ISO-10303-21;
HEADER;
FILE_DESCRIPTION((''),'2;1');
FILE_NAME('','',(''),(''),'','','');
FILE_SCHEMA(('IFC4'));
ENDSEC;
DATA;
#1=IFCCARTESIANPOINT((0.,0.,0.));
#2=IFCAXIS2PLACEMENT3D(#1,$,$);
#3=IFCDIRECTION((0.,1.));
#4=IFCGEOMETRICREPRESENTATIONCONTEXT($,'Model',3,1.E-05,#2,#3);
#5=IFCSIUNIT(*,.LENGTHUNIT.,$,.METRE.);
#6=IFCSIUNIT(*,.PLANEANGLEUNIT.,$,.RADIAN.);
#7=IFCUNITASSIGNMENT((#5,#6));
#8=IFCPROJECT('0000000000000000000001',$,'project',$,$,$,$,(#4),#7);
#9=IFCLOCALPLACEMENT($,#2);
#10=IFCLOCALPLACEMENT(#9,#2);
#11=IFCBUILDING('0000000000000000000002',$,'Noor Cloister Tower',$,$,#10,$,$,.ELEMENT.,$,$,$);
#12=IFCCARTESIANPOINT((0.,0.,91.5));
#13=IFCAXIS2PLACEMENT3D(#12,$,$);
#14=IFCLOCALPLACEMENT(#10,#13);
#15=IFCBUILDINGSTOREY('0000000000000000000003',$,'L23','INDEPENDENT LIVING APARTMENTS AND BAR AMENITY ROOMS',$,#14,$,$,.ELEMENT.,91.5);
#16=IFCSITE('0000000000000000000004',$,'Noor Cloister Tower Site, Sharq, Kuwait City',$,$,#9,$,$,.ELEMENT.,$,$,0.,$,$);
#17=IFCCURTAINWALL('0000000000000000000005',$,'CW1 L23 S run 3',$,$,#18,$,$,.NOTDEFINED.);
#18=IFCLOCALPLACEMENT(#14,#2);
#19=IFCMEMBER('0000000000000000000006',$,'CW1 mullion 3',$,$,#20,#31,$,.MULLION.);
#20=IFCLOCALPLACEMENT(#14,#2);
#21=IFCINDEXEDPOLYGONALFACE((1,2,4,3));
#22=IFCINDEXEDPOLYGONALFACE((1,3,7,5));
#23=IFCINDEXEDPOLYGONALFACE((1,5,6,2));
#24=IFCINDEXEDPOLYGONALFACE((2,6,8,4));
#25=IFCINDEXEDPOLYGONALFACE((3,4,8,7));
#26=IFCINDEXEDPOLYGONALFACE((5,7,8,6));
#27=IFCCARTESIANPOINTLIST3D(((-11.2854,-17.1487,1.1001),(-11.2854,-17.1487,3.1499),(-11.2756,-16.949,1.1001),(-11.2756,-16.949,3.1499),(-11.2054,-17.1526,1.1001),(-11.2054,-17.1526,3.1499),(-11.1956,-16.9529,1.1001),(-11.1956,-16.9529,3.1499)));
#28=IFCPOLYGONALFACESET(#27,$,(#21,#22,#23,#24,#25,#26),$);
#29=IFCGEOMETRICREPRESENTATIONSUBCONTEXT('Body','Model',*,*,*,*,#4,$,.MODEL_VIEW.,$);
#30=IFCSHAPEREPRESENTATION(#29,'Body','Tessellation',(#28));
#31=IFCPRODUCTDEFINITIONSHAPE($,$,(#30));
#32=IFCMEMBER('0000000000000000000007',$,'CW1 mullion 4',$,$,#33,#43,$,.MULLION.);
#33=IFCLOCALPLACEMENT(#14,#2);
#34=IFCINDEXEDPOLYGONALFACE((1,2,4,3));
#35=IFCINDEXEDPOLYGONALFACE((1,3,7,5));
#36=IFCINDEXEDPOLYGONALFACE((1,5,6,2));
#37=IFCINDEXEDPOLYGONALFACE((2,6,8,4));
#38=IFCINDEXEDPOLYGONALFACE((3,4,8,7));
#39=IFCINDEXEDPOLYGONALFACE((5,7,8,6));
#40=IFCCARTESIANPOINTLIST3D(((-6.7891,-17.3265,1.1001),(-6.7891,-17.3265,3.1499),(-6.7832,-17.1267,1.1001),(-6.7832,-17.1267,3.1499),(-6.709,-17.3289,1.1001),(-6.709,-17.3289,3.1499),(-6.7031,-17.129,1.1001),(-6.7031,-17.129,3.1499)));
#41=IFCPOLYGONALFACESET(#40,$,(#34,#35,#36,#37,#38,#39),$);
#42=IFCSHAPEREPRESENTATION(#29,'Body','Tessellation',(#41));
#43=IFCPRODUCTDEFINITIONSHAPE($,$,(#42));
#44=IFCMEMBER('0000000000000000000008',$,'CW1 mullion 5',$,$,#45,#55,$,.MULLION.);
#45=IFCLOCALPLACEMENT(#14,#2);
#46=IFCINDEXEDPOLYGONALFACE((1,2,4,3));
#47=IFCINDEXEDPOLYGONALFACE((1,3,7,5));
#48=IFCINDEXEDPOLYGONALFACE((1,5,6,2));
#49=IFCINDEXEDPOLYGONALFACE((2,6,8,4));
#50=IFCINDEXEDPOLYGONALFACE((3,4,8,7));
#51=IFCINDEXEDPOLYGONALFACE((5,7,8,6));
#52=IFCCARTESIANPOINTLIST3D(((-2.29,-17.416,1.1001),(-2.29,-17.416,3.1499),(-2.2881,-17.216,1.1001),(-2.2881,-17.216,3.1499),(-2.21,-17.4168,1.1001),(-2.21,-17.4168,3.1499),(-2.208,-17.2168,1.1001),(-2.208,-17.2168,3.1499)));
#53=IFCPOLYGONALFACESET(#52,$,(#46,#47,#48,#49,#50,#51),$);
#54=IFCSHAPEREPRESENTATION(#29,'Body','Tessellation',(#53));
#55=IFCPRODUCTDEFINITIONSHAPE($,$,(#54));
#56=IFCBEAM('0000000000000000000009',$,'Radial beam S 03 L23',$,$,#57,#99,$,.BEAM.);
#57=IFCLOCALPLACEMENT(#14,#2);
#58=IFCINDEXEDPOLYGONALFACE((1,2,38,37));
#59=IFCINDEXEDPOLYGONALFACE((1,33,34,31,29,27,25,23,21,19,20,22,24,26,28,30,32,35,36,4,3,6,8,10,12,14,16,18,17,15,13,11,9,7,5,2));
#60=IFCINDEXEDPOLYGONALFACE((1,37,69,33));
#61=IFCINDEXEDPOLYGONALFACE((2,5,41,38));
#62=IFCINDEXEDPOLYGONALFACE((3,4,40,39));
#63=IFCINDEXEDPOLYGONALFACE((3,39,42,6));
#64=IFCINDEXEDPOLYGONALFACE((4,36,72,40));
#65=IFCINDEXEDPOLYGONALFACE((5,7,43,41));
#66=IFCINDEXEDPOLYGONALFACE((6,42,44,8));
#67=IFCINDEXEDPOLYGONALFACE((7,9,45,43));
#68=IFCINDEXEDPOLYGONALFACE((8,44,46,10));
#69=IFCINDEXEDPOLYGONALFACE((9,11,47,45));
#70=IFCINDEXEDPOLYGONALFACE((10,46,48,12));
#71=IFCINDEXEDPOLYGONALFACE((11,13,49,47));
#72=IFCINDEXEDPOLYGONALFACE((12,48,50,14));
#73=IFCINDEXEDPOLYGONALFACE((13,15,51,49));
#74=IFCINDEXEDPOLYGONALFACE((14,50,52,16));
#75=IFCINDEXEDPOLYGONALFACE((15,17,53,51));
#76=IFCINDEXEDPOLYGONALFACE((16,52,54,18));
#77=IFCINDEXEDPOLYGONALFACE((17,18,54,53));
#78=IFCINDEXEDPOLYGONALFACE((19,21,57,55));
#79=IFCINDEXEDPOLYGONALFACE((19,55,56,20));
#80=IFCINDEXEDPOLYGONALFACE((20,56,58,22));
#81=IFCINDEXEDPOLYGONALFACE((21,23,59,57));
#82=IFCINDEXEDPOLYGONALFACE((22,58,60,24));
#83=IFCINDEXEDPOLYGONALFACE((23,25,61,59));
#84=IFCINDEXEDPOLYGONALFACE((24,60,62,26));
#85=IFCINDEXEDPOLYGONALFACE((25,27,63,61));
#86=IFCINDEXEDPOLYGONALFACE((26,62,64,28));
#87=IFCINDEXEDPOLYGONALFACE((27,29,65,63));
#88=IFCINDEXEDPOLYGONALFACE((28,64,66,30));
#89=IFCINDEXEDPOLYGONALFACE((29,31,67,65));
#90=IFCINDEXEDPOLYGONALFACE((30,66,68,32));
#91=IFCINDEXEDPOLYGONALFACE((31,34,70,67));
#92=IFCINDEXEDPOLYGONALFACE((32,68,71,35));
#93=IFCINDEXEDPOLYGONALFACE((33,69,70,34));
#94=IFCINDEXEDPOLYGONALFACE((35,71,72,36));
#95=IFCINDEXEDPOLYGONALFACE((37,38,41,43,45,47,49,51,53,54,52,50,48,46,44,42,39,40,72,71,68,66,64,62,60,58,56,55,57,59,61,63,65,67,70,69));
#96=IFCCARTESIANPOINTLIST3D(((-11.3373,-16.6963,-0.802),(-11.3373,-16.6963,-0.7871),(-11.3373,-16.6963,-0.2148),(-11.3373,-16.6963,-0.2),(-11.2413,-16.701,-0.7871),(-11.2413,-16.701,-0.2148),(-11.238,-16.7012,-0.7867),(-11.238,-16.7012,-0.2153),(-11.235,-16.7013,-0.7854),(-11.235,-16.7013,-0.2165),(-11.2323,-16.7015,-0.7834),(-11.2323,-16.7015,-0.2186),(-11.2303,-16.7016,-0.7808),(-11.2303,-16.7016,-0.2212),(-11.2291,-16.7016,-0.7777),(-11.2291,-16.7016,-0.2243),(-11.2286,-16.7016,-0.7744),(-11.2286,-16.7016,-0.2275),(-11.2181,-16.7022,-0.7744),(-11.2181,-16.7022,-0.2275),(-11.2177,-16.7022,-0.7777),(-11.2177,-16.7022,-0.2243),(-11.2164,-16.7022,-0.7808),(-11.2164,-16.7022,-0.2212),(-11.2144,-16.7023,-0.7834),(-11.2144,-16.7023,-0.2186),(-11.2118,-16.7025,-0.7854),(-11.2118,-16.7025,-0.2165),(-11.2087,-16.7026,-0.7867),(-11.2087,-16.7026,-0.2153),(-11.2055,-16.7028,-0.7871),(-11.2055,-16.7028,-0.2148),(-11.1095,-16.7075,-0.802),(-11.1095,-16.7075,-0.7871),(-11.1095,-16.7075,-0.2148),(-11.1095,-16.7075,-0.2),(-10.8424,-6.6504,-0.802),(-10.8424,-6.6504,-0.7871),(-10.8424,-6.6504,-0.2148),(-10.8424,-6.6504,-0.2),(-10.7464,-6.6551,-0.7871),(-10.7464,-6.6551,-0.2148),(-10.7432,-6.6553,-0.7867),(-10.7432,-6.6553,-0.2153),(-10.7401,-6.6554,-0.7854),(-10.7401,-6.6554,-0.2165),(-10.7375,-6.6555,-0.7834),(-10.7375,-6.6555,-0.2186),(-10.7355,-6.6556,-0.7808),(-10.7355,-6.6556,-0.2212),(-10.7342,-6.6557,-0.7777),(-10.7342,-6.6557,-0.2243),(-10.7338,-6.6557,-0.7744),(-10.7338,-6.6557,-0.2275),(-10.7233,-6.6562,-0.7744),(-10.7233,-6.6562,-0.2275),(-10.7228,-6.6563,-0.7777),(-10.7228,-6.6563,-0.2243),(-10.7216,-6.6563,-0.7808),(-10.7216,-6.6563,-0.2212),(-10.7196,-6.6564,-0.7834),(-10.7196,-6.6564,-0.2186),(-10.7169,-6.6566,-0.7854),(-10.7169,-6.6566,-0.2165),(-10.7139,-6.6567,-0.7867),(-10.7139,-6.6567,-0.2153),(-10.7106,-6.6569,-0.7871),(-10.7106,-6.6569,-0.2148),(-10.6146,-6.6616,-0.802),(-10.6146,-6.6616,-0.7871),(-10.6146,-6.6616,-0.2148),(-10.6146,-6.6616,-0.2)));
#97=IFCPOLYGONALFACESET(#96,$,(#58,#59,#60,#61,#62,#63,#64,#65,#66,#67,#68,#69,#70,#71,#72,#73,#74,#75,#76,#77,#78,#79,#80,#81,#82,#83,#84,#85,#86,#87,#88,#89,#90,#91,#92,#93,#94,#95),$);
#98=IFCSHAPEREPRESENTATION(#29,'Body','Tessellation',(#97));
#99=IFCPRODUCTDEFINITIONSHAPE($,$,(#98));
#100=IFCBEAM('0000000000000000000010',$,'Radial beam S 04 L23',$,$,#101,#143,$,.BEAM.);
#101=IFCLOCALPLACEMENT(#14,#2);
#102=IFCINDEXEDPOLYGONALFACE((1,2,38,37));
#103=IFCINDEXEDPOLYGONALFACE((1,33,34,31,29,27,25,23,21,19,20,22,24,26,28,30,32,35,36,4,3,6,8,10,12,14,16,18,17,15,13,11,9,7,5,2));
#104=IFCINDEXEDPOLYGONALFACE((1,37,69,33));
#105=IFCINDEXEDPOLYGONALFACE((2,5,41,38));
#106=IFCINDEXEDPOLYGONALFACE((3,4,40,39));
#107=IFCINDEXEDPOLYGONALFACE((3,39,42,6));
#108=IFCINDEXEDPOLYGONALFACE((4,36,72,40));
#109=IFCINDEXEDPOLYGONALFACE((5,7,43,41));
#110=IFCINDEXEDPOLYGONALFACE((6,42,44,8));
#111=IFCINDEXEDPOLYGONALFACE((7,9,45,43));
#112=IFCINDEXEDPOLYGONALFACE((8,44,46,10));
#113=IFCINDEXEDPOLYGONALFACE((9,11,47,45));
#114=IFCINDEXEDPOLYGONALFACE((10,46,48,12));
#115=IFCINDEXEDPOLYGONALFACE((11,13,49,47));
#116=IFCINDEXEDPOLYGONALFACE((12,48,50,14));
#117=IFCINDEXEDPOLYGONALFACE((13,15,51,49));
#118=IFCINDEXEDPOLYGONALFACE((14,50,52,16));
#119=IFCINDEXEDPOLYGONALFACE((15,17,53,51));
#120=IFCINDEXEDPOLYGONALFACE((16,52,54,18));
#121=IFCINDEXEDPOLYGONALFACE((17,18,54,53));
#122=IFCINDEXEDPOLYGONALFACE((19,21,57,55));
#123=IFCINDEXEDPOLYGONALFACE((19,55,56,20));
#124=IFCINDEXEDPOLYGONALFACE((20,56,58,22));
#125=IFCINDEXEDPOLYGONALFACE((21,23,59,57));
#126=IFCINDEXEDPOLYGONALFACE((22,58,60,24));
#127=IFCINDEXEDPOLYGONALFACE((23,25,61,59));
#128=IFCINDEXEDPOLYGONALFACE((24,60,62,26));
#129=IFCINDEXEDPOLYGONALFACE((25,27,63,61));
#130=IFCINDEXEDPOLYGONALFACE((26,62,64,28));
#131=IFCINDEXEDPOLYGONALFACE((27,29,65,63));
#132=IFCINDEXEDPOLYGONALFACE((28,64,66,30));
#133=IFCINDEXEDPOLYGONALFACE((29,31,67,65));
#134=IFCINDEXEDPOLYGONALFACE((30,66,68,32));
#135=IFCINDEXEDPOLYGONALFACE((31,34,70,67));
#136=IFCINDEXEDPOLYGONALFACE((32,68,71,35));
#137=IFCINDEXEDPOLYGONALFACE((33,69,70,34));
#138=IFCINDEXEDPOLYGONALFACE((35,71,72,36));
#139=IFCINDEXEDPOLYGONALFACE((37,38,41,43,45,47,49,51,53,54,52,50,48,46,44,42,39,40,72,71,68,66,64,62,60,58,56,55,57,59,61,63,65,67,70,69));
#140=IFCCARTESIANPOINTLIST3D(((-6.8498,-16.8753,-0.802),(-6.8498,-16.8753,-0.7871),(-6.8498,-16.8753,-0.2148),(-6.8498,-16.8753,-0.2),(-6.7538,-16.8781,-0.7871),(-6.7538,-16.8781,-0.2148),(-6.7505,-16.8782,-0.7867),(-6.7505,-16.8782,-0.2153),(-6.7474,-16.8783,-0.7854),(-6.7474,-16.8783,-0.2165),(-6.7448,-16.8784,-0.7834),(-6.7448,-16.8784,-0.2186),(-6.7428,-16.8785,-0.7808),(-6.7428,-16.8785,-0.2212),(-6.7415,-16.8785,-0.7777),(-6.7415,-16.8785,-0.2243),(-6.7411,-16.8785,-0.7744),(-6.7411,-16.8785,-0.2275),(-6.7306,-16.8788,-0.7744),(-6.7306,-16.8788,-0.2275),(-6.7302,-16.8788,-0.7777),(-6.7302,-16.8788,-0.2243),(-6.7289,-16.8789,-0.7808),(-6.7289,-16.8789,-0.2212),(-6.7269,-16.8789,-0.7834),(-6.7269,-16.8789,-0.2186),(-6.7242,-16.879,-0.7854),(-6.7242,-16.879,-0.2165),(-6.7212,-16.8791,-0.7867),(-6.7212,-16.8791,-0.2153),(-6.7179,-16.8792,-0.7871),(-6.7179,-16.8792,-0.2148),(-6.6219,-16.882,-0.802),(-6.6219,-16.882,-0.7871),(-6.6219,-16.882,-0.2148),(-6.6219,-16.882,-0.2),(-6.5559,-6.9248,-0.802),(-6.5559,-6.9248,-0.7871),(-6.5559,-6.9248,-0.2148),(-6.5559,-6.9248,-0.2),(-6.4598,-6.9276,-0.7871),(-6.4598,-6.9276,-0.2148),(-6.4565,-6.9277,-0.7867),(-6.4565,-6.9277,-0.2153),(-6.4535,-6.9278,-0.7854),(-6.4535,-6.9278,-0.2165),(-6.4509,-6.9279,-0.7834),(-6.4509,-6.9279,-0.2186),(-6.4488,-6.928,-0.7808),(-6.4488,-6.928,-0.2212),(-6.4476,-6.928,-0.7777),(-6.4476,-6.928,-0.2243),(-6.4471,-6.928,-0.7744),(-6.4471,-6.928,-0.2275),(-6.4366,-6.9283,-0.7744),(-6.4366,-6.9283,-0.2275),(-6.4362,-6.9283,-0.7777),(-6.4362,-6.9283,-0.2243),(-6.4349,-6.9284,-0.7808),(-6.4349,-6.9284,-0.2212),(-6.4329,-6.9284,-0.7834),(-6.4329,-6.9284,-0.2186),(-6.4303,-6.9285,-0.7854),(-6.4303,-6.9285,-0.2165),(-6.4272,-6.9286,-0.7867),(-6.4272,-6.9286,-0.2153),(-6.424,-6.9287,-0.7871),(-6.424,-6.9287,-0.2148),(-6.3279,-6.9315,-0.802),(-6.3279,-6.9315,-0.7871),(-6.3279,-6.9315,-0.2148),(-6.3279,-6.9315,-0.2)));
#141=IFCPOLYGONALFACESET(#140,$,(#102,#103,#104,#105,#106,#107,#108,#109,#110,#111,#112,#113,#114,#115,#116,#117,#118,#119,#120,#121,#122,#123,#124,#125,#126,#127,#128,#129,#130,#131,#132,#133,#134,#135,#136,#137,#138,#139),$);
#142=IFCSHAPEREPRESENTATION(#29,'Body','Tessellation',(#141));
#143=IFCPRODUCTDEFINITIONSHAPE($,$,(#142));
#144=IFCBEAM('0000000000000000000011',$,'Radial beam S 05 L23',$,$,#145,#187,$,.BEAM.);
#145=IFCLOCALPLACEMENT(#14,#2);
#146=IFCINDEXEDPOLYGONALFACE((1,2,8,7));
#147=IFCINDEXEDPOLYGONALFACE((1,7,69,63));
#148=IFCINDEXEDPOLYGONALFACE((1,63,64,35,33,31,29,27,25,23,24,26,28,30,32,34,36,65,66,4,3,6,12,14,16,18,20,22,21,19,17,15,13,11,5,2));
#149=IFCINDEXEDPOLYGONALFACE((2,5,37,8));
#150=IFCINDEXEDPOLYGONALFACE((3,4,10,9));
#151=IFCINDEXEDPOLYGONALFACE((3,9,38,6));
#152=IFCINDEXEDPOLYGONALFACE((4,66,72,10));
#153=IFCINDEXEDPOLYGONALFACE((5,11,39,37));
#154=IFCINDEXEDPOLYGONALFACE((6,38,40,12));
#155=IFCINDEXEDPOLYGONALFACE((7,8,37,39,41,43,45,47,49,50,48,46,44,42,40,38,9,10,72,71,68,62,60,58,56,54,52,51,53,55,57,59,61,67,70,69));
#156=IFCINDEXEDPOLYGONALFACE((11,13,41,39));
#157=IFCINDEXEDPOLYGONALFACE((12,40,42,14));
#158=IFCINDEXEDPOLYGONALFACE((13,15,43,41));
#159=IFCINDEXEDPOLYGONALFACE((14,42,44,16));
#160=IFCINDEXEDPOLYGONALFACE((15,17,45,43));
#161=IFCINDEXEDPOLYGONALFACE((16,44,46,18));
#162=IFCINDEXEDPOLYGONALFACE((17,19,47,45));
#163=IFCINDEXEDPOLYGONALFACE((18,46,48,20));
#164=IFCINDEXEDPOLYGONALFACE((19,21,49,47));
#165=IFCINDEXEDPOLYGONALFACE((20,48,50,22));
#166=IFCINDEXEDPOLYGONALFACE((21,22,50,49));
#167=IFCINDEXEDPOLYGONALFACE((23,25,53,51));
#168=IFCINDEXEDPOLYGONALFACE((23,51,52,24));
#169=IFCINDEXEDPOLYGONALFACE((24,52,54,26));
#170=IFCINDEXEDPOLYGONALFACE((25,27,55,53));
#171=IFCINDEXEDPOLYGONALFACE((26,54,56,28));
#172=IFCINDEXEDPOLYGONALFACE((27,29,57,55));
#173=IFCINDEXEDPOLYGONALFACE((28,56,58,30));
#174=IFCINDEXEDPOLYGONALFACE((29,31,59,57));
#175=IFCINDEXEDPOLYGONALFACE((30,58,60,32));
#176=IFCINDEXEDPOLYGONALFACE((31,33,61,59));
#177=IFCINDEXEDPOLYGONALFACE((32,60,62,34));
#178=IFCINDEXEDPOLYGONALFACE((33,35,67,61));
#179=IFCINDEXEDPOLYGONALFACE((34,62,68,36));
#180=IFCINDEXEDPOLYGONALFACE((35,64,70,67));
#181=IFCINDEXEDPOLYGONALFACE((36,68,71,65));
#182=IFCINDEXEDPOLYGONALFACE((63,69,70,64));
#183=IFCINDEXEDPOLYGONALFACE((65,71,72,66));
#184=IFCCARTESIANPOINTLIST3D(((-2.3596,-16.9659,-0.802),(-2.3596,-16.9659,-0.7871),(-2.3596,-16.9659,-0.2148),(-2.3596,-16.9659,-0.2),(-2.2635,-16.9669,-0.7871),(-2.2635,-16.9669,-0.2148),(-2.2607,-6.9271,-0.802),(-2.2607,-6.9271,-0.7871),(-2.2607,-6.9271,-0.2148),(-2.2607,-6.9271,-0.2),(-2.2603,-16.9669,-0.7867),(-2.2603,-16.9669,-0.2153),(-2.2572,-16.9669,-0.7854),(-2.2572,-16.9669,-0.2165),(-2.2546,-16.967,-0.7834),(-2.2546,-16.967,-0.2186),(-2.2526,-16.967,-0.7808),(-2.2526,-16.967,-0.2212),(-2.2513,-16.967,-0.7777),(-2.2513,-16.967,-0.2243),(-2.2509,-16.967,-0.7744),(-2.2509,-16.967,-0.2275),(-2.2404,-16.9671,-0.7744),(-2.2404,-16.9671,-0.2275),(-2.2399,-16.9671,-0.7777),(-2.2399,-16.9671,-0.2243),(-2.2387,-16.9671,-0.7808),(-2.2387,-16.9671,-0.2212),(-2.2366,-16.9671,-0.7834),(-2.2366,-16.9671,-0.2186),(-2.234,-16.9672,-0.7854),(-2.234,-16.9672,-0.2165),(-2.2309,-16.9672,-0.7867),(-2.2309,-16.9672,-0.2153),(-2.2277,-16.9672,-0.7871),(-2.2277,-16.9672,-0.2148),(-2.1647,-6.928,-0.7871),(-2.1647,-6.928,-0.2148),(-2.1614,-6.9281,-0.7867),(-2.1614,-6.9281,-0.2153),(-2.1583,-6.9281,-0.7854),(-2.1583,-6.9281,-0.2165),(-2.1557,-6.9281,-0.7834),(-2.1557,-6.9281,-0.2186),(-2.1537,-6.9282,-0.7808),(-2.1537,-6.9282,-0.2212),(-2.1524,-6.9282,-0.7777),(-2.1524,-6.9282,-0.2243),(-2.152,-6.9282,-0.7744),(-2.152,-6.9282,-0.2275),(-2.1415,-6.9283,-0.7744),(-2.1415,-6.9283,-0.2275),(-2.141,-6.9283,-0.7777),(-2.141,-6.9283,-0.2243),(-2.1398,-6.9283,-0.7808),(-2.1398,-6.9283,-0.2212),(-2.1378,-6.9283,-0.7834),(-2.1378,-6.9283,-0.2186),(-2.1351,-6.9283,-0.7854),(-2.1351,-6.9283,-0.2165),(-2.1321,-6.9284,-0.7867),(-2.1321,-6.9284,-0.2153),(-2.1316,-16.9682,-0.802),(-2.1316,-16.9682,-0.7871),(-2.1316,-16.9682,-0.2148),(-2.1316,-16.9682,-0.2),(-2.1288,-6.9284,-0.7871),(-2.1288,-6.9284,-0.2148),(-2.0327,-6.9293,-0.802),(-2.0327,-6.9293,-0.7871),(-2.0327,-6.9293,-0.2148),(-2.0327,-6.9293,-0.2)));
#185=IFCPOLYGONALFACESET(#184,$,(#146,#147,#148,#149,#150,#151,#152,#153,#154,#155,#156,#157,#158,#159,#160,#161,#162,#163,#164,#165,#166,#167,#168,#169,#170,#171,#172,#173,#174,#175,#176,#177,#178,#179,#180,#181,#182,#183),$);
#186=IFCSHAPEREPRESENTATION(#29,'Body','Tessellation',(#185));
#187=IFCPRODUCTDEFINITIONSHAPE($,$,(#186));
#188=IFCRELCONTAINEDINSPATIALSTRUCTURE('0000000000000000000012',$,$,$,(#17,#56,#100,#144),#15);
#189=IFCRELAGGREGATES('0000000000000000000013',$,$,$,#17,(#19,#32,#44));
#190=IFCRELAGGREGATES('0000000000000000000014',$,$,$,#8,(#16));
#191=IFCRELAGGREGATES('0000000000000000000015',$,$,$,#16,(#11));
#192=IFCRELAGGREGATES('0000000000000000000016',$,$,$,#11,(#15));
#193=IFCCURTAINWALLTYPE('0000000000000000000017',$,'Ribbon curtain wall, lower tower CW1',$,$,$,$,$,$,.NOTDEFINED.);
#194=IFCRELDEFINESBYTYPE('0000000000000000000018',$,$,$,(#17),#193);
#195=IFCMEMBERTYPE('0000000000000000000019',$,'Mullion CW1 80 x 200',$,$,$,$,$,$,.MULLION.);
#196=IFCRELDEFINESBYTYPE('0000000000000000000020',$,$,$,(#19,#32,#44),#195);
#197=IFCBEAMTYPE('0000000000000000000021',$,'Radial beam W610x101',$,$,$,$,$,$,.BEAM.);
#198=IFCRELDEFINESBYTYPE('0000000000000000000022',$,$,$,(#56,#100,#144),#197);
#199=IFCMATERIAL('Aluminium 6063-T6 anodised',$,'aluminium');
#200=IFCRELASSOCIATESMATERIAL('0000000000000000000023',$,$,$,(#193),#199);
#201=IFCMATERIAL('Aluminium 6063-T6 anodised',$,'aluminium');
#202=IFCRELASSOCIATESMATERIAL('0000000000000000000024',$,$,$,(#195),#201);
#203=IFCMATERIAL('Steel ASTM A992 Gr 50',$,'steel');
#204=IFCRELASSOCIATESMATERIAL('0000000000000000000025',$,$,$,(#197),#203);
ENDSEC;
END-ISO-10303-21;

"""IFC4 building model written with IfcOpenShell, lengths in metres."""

from ifc_helpers import new_model, si_unit, direction, frame, origin, origin_2d, place, context, subcontext, project, spatial, rectangle, i_section, extrude, material, material_profile, profile_set, type_object, element, aggregate, save


model = new_model("IFC4")

# Units and contexts
model_context = context("Model", 3, precision=1e-05, world=origin(), true_north=direction((0.0, 1.0)))
body_context = subcontext(model_context, "Body", "Model", "MODEL_VIEW")
ifc_project = project(units=[si_unit("LENGTHUNIT", "METRE"), si_unit("PLANEANGLEUNIT", "RADIAN")], contexts=[model_context])

# Site, building, storey
site_placement = place(None, origin())
site = spatial("IfcSite", under=ifc_project, at=site_placement, Name="Noor Cloister Tower Site, Sharq, Kuwait City", CompositionType="ELEMENT", RefElevation=0.0)
building_placement = place(site_placement, origin())
building = spatial("IfcBuilding", under=site, at=building_placement, Name="Noor Cloister Tower", CompositionType="ELEMENT")
storey_placement = place(building_placement, frame((0.0, 0.0, 91.5)))
storey = spatial("IfcBuildingStorey", under=building, at=storey_placement, Name="L23", Description="INDEPENDENT LIVING APARTMENTS AND BAR AMENITY ROOMS", CompositionType="ELEMENT", Elevation=91.5)

# Curtain wall, members
ifc_material_1 = material(Name="Aluminium 6063-T6 anodised", Category="aluminium")
curtain_wall_type = type_object("IfcCurtainWallType", Name="Ribbon curtain wall, lower tower CW1", PredefinedType="NOTDEFINED", material=ifc_material_1)
curtain_wall_placement = place(storey_placement, origin())
curtain_wall = element("IfcCurtainWall", 1, at=curtain_wall_placement, inside=storey, type_object=curtain_wall_type, Name="CW1 L23 S run 3", PredefinedType="NOTDEFINED")
ifc_material_2 = material(Name="Aluminium 6063-T6 anodised", Category="aluminium")
ifc_material_profile_1 = material_profile(ifc_material_2, rectangle(XDim=0.2, YDim=0.0801, at=origin_2d()), Name="200 x 80 mullion")
ifc_profile_set_1 = profile_set([ifc_material_profile_1], Name="Aluminium 6063-T6 anodised")
member_type = type_object("IfcMemberType", Name="Mullion CW1 80 x 200", PredefinedType="MULLION", material=ifc_profile_set_1)
member_1_placement = place(storey_placement, frame((-11.2405, -17.0508, 1.1001), z_axis=(0.0, 0.0, 1.0), x_axis=(0.049188, 0.99879, 0.0)))
member_1 = element("IfcMember", 2, at=member_1_placement, type_object=member_type, Name="CW1 mullion 3", PredefinedType="MULLION", context=body_context, shape_type="SweptSolid", body=[
    extrude(rectangle(XDim=0.2, YDim=0.0801, at=origin_2d()), origin(), (0.0, 0.0, 1.0), 2.0498),
])
member_2_placement = place(storey_placement, frame((-6.7461, -17.2278, 1.1001), z_axis=(0.0, 0.0, 1.0), x_axis=(0.029521, 0.999564, 0.0)))
member_2 = element("IfcMember", 3, at=member_2_placement, type_object=member_type, Name="CW1 mullion 4", PredefinedType="MULLION", context=body_context, shape_type="SweptSolid", body=[
    extrude(rectangle(XDim=0.2, YDim=0.0801, at=origin_2d()), origin(), (0.0, 0.0, 1.0), 2.0498),
])
member_3_placement = place(storey_placement, frame((-2.249, -17.3164, 1.1001), z_axis=(0.0, 0.0, 1.0), x_axis=(0.009841, 0.999952, 0.0)))
member_3 = element("IfcMember", 4, at=member_3_placement, type_object=member_type, Name="CW1 mullion 5", PredefinedType="MULLION", context=body_context, shape_type="SweptSolid", body=[
    extrude(rectangle(XDim=0.2, YDim=0.0801, at=origin_2d()), origin(), (0.0, 0.0, 1.0), 2.0498),
])

# Beams
ifc_material_3 = material(Name="Steel ASTM A992 Gr 50", Category="steel")
ifc_material_profile_2 = material_profile(ifc_material_3, i_section(OverallWidth=0.228, OverallDepth=0.6021, WebThickness=0.0105, FlangeThickness=0.0149, FilletRadius=0.0127, at=origin_2d()), Name="W610x101")
ifc_profile_set_2 = profile_set([ifc_material_profile_2], Name="Steel ASTM A992 Gr 50")
beam_type_1 = type_object("IfcBeamType", Name="Radial beam W610x101", PredefinedType="BEAM", material=ifc_profile_set_2)
beam_1_placement = place(storey_placement, frame((-11.2234, -16.7019, -0.501), z_axis=(0.049202, 0.998789, 0.0), x_axis=(-0.998789, 0.049202, 0.0)))
element("IfcBeam", 5, at=beam_1_placement, inside=storey, type_object=beam_type_1, Name="Radial beam S 03 L23", PredefinedType="BEAM", context=body_context, shape_type="SweptSolid", body=[
    extrude(i_section(OverallWidth=0.228, OverallDepth=0.6021, WebThickness=0.0105, FlangeThickness=0.0149, FilletRadius=0.0127, at=origin_2d()), origin(), (0.0, 0.0, 1.0), 10.0581),
])
beam_2_placement = place(storey_placement, frame((-6.7358, -16.8787, -0.501), z_axis=(0.029528, 0.999564, 0.0), x_axis=(-0.999564, 0.029528, 0.0)))
element("IfcBeam", 6, at=beam_2_placement, inside=storey, type_object=beam_type_1, Name="Radial beam S 04 L23", PredefinedType="BEAM", context=body_context, shape_type="SweptSolid", body=[
    extrude(i_section(OverallWidth=0.228, OverallDepth=0.6021, WebThickness=0.0105, FlangeThickness=0.0149, FilletRadius=0.0127, at=origin_2d()), origin(), (0.0, 0.0, 1.0), 9.9548),
])
beam_3_placement = place(storey_placement, frame((-2.2456, -16.967, -0.501), z_axis=(0.009849, 0.999951, 0.0), x_axis=(-0.999951, 0.009849, 0.0)))
element("IfcBeam", 7, at=beam_3_placement, inside=storey, type_object=beam_type_1, Name="Radial beam S 05 L23", PredefinedType="BEAM", context=body_context, shape_type="SweptSolid", body=[
    extrude(i_section(OverallWidth=0.228, OverallDepth=0.6021, WebThickness=0.0105, FlangeThickness=0.0149, FilletRadius=0.0127, at=origin_2d()), origin(), (0.0, 0.0, 1.0), 10.0393),
])

aggregate(curtain_wall, [member_1, member_2, member_3])

save(model, "model.ifc")
